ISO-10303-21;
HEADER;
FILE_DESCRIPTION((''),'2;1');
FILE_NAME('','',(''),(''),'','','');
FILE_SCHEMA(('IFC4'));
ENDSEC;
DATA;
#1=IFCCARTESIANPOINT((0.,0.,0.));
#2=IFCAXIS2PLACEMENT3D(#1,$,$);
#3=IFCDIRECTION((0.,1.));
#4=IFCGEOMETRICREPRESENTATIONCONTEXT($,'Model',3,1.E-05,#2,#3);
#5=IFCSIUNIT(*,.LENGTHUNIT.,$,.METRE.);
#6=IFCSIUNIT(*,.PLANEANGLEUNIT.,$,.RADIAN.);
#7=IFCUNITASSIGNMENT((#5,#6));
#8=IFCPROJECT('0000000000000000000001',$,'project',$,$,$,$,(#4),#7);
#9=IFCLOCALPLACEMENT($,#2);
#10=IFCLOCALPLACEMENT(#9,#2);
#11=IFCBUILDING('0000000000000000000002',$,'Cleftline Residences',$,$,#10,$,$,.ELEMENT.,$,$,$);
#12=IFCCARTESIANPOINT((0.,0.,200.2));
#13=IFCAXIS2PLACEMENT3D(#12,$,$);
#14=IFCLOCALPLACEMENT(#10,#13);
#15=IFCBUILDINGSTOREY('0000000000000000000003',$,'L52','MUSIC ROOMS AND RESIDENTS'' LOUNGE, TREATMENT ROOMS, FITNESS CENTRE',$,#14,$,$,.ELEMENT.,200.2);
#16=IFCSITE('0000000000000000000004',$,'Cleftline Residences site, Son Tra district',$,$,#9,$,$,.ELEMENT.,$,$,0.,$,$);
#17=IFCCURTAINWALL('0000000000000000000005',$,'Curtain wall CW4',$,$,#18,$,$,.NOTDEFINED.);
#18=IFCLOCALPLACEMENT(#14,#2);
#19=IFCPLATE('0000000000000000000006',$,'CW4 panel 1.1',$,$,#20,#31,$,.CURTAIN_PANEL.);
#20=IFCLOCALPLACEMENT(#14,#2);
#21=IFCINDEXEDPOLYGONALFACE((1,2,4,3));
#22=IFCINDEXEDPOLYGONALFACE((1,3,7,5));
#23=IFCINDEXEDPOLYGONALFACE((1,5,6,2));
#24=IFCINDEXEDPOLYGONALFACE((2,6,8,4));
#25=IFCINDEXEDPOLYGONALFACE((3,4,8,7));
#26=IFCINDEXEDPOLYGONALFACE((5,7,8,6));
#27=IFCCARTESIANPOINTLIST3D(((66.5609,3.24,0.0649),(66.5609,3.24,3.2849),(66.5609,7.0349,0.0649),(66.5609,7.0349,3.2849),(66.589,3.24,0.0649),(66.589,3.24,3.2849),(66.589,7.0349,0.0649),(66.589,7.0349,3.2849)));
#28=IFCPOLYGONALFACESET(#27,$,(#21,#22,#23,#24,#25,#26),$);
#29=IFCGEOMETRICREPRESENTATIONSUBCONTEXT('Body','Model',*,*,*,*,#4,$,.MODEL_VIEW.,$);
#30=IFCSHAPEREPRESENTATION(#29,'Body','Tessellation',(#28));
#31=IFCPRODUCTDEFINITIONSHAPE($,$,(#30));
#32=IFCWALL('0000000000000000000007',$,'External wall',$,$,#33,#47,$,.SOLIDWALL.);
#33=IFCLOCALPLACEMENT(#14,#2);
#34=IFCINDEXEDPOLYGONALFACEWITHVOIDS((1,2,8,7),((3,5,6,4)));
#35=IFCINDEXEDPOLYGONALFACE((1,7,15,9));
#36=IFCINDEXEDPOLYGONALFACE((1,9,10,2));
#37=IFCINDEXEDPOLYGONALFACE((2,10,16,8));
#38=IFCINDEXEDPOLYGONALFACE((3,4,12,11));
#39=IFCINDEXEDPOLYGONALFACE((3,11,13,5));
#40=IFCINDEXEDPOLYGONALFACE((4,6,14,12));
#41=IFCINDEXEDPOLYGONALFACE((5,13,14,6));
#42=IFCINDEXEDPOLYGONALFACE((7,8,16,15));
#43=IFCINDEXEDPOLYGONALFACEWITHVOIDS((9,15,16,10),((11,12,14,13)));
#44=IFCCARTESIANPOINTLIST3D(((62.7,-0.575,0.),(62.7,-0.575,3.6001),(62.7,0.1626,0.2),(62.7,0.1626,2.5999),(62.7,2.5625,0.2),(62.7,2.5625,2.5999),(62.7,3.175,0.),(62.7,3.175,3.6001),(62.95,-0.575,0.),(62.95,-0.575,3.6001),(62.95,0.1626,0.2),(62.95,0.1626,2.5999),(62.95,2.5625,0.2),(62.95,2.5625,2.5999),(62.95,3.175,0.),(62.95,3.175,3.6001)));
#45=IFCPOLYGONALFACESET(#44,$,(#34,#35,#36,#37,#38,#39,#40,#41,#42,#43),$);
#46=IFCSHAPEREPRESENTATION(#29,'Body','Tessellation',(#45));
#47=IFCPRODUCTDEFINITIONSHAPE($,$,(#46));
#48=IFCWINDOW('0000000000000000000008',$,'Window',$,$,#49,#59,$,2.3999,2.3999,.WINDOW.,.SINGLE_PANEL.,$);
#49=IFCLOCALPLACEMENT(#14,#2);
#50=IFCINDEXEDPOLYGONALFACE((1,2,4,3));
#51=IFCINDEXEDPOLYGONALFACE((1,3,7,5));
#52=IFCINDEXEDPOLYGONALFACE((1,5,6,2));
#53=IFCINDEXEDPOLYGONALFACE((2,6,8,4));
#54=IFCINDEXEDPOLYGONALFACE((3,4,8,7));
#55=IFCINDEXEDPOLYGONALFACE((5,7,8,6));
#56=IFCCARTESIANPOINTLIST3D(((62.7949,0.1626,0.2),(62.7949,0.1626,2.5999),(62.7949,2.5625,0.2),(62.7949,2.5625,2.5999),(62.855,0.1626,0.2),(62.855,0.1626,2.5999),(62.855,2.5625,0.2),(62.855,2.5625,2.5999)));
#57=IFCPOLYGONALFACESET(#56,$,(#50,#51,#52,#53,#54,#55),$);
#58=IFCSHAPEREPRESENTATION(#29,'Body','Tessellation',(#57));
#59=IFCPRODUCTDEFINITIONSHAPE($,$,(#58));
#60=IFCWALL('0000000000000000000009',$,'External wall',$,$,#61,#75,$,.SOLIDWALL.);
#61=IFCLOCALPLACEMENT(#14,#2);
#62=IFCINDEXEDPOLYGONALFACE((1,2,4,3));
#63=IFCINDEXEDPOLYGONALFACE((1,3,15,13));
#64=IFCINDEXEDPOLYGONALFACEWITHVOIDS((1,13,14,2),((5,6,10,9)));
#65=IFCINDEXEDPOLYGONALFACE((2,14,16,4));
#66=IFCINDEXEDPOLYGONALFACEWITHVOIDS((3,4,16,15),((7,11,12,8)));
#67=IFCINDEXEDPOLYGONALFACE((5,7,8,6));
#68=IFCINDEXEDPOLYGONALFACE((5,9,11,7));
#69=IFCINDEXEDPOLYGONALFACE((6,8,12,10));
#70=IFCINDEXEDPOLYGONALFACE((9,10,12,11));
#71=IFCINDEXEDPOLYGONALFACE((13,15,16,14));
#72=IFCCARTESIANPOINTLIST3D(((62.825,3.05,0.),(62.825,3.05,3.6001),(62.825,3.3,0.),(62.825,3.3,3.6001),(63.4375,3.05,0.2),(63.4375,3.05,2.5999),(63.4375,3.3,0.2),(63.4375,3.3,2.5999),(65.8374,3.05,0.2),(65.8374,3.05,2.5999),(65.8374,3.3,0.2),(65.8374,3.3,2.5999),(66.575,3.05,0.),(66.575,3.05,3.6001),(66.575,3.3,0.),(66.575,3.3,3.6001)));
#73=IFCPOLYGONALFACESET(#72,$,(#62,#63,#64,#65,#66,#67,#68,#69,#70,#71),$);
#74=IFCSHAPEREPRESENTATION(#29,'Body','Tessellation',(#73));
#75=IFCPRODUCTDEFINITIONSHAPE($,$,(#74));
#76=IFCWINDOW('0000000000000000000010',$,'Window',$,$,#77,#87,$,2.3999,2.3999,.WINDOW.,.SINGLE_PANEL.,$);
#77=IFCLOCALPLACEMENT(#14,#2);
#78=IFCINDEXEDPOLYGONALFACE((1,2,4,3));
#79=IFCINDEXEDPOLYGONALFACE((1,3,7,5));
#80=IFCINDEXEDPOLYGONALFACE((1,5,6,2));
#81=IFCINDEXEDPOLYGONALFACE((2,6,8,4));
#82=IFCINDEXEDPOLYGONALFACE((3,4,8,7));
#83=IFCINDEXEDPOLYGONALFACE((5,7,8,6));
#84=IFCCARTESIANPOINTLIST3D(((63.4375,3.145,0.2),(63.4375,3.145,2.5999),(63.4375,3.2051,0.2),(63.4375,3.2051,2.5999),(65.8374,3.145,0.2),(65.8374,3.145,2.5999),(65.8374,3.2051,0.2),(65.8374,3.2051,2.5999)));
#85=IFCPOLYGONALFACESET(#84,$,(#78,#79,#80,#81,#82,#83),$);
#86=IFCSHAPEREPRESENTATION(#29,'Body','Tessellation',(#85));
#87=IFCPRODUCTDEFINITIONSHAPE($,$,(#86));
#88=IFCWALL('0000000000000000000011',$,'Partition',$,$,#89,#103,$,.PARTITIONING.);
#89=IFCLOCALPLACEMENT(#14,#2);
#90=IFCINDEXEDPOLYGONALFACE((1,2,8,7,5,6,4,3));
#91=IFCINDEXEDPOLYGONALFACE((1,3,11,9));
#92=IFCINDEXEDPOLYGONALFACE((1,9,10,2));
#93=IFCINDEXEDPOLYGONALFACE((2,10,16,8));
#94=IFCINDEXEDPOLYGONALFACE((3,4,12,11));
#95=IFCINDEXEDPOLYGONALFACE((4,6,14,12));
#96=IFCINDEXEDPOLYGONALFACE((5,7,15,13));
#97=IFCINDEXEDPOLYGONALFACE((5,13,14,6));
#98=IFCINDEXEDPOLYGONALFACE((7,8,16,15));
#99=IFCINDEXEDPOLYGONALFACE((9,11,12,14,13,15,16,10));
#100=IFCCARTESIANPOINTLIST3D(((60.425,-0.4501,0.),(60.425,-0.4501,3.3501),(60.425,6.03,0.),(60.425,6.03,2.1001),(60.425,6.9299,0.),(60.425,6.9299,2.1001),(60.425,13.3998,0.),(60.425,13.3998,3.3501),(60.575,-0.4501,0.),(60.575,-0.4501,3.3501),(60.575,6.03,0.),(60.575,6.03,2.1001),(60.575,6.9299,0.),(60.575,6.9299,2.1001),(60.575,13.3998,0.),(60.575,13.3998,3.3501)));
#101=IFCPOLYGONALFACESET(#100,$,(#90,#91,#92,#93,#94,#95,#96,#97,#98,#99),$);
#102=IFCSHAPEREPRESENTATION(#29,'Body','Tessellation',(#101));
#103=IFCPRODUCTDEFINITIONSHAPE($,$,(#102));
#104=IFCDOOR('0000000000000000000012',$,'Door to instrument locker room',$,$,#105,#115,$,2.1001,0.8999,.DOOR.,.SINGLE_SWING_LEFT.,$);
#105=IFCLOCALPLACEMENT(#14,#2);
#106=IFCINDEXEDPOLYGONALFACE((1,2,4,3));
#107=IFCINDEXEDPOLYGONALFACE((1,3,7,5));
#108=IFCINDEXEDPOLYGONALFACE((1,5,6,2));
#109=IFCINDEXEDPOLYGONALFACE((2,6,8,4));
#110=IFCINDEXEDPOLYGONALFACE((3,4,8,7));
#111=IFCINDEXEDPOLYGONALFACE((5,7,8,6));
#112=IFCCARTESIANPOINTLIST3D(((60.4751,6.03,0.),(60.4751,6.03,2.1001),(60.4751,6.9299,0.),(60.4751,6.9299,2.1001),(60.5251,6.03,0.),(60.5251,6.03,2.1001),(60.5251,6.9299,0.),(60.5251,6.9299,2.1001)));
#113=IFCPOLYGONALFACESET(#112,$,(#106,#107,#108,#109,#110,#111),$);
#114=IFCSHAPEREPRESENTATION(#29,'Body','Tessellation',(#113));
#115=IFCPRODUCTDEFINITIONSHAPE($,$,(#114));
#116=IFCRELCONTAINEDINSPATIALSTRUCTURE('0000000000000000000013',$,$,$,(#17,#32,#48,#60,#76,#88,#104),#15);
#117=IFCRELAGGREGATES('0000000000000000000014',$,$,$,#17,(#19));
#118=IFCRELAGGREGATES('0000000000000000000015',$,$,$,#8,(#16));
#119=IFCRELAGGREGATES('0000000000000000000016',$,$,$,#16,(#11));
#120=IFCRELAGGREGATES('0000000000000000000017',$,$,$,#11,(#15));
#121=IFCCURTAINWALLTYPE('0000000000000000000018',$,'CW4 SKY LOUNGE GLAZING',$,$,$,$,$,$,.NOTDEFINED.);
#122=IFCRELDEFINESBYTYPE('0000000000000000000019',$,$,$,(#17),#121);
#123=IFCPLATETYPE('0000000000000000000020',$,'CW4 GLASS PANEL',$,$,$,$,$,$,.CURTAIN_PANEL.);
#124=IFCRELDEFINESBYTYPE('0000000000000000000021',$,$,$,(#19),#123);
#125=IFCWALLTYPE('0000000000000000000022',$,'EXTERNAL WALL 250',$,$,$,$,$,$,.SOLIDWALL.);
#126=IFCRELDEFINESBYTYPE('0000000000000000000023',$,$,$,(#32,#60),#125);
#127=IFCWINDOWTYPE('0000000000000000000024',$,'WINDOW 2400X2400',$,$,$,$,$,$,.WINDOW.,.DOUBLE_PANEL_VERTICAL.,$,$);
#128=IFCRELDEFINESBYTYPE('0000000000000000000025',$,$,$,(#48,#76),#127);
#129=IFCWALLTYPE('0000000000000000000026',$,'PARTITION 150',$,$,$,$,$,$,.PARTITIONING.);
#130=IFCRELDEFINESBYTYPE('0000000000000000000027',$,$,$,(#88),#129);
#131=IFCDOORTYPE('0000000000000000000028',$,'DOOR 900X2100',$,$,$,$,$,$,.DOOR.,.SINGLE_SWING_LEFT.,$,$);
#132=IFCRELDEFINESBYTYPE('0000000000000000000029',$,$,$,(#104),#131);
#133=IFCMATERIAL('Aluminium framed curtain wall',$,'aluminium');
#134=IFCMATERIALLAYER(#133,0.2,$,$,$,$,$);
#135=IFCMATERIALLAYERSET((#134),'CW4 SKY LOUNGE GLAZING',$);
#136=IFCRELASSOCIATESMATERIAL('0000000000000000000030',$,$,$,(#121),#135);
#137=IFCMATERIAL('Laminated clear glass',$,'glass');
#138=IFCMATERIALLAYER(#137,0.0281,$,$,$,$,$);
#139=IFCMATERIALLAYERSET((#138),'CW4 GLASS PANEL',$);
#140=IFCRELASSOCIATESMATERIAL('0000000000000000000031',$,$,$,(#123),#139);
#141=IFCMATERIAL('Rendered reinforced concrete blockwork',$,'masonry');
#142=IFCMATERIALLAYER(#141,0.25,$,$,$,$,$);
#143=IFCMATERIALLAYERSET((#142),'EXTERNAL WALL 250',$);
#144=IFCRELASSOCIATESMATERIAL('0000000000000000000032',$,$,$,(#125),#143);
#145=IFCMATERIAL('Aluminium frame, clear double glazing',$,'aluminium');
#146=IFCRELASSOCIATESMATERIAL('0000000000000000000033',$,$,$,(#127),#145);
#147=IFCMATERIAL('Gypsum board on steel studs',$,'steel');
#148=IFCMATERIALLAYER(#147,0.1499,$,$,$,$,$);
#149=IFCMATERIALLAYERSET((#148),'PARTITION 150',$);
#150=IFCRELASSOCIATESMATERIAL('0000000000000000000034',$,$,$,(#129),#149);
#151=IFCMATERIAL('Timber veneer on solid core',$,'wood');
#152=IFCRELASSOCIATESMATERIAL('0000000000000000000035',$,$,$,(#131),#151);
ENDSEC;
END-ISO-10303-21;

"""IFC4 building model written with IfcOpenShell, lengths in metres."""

from ifc_helpers import new_model, si_unit, direction, frame, frame_2d, origin, origin_2d, place, context, subcontext, project, spatial, rectangle, extrude, material, layer, layer_set, type_object, element, fill, aggregate, save


model = new_model("IFC4")

# Units and contexts
model_context = context("Model", 3, precision=1e-05, world=origin(), true_north=direction((0.0, 1.0)))
body_context = subcontext(model_context, "Body", "Model", "MODEL_VIEW")
ifc_project = project(units=[si_unit("LENGTHUNIT", "METRE"), si_unit("PLANEANGLEUNIT", "RADIAN")], contexts=[model_context])

# Site, building, storey
site_placement = place(None, origin())
site = spatial("IfcSite", under=ifc_project, at=site_placement, Name="Cleftline Residences site, Son Tra district", CompositionType="ELEMENT", RefElevation=0.0)
building_placement = place(site_placement, origin())
building = spatial("IfcBuilding", under=site, at=building_placement, Name="Cleftline Residences", CompositionType="ELEMENT")
storey_placement = place(building_placement, frame((0.0, 0.0, 200.2)))
storey = spatial("IfcBuildingStorey", under=building, at=storey_placement, Name="L52", Description="MUSIC ROOMS AND RESIDENTS' LOUNGE, TREATMENT ROOMS, FITNESS CENTRE", CompositionType="ELEMENT", Elevation=200.2)

# Curtain wall, plate
ifc_material_1 = material(Name="Aluminium framed curtain wall", Category="aluminium")
ifc_layer_1 = layer(ifc_material_1, 0.2)
ifc_layer_set_1 = layer_set([ifc_layer_1], Name="CW4 SKY LOUNGE GLAZING")
curtain_wall_type = type_object("IfcCurtainWallType", Name="CW4 SKY LOUNGE GLAZING", PredefinedType="NOTDEFINED", material=ifc_layer_set_1)
curtain_wall_placement = place(storey_placement, origin())
curtain_wall = element("IfcCurtainWall", 1, at=curtain_wall_placement, inside=storey, type_object=curtain_wall_type, Name="Curtain wall CW4", PredefinedType="NOTDEFINED")
ifc_material_2 = material(Name="Laminated clear glass", Category="glass")
ifc_layer_2 = layer(ifc_material_2, 0.0281)
ifc_layer_set_2 = layer_set([ifc_layer_2], Name="CW4 GLASS PANEL")
plate_type = type_object("IfcPlateType", Name="CW4 GLASS PANEL", PredefinedType="CURTAIN_PANEL", material=ifc_layer_set_2)
plate_placement = place(storey_placement, frame((66.575, 5.1375, 0.0649), z_axis=(0.0, 0.0, 1.0), x_axis=(0.0, 1.0, 0.0)))
plate = element("IfcPlate", 2, at=plate_placement, type_object=plate_type, Name="CW4 panel 1.1", PredefinedType="CURTAIN_PANEL", context=body_context, shape_type="SweptSolid", body=[
    extrude(rectangle(XDim=3.7949, YDim=0.0281, at=origin_2d()), origin(), (0.0, 0.0, 1.0), 3.22),
])
aggregate(curtain_wall, [plate])

# Walls, openings, windows
ifc_material_3 = material(Name="Rendered reinforced concrete blockwork", Category="masonry")
ifc_layer_3 = layer(ifc_material_3, 0.25)
ifc_layer_set_3 = layer_set([ifc_layer_3], Name="EXTERNAL WALL 250")
wall_type_1 = type_object("IfcWallType", Name="EXTERNAL WALL 250", PredefinedType="SOLIDWALL", material=ifc_layer_set_3)
wall_1_placement = place(storey_placement, frame((62.825, -0.575, 0.0), z_axis=(0.0, 0.0, 1.0), x_axis=(0.0, 1.0, 0.0)))
wall_1 = element("IfcWall", 3, at=wall_1_placement, inside=storey, type_object=wall_type_1, Name="External wall", PredefinedType="SOLIDWALL", context=body_context, shape_type="SweptSolid", body=[
    extrude(rectangle(XDim=3.75, YDim=0.25, at=frame_2d((1.875, 0.0))), origin(), (0.0, 0.0, 1.0), 3.6001),
])
opening_1_placement = place(wall_1_placement, frame((0.7375, 0.0, 0.2)))
opening_1 = element("IfcOpeningElement", 4, at=opening_1_placement, cuts=wall_1, PredefinedType="OPENING", context=body_context, shape_type="SweptSolid", body=[
    extrude(rectangle(XDim=2.3999, YDim=2.3999, at=frame_2d((1.2, 1.2))), frame((0.0, 0.135, 0.0), z_axis=(0.0, -1.0, 0.0), x_axis=(1.0, 0.0, 0.0)), (0.0, 0.0, 1.0), 0.27),
])
ifc_material_4 = material(Name="Aluminium frame, clear double glazing", Category="aluminium")
window_type = type_object("IfcWindowType", Name="WINDOW 2400X2400", PartitioningType="DOUBLE_PANEL_VERTICAL", PredefinedType="WINDOW", material=ifc_material_4)
window_1_placement = place(opening_1_placement, origin())
window_1 = element("IfcWindow", 5, at=window_1_placement, inside=storey, type_object=window_type, Name="Window", OverallHeight=2.3999, OverallWidth=2.3999, PartitioningType="SINGLE_PANEL", PredefinedType="WINDOW", context=body_context, shape_type="SweptSolid", body=[
    extrude(rectangle(XDim=2.3999, YDim=2.3999, at=frame_2d((1.2, 1.2))), frame((0.0, 0.03, 0.0), z_axis=(0.0, -1.0, 0.0), x_axis=(1.0, 0.0, 0.0)), (0.0, 0.0, 1.0), 0.0601),
])
fill(opening_1, window_1)
wall_2_placement = place(storey_placement, frame((62.825, 3.175, 0.0), z_axis=(0.0, 0.0, 1.0), x_axis=(1.0, 0.0, 0.0)))
wall_2 = element("IfcWall", 6, at=wall_2_placement, inside=storey, type_object=wall_type_1, Name="External wall", PredefinedType="SOLIDWALL", context=body_context, shape_type="SweptSolid", body=[
    extrude(rectangle(XDim=3.75, YDim=0.25, at=frame_2d((1.875, 0.0))), origin(), (0.0, 0.0, 1.0), 3.6001),
])
opening_2_placement = place(wall_2_placement, frame((0.6125, 0.0, 0.2)))
opening_2 = element("IfcOpeningElement", 7, at=opening_2_placement, cuts=wall_2, PredefinedType="OPENING", context=body_context, shape_type="SweptSolid", body=[
    extrude(rectangle(XDim=2.3999, YDim=2.3999, at=frame_2d((1.2, 1.2))), frame((0.0, 0.135, 0.0), z_axis=(0.0, -1.0, 0.0), x_axis=(1.0, 0.0, 0.0)), (0.0, 0.0, 1.0), 0.27),
])
window_2_placement = place(opening_2_placement, origin())
window_2 = element("IfcWindow", 8, at=window_2_placement, inside=storey, type_object=window_type, Name="Window", OverallHeight=2.3999, OverallWidth=2.3999, PartitioningType="SINGLE_PANEL", PredefinedType="WINDOW", context=body_context, shape_type="SweptSolid", body=[
    extrude(rectangle(XDim=2.3999, YDim=2.3999, at=frame_2d((1.2, 1.2))), frame((0.0, 0.03, 0.0), z_axis=(0.0, -1.0, 0.0), x_axis=(1.0, 0.0, 0.0)), (0.0, 0.0, 1.0), 0.0601),
])
fill(opening_2, window_2)

# Wall, opening, door
ifc_material_5 = material(Name="Gypsum board on steel studs", Category="steel")
ifc_layer_4 = layer(ifc_material_5, 0.1499)
ifc_layer_set_4 = layer_set([ifc_layer_4], Name="PARTITION 150")
wall_type_2 = type_object("IfcWallType", Name="PARTITION 150", PredefinedType="PARTITIONING", material=ifc_layer_set_4)
wall_3_placement = place(storey_placement, frame((60.5, -0.45, 0.0), z_axis=(0.0, 0.0, 1.0), x_axis=(0.0, 1.0, 0.0)))
wall_3 = element("IfcWall", 9, at=wall_3_placement, inside=storey, type_object=wall_type_2, Name="Partition", PredefinedType="PARTITIONING", context=body_context, shape_type="SweptSolid", body=[
    extrude(rectangle(XDim=13.8499, YDim=0.1499, at=frame_2d((6.9248, 0.0))), origin(), (0.0, 0.0, 1.0), 3.3501),
])
opening_3_placement = place(wall_3_placement, frame((6.48, 0.0, 0.0)))
opening_3 = element("IfcOpeningElement", 10, at=opening_3_placement, cuts=wall_3, PredefinedType="OPENING", context=body_context, shape_type="SweptSolid", body=[
    extrude(rectangle(XDim=0.8999, YDim=2.1001, at=frame_2d((0.45, 1.05))), frame((0.0, 0.085, 0.0), z_axis=(0.0, -1.0, 0.0), x_axis=(1.0, 0.0, 0.0)), (0.0, 0.0, 1.0), 0.1699),
])
ifc_material_6 = material(Name="Timber veneer on solid core", Category="wood")
door_type = type_object("IfcDoorType", Name="DOOR 900X2100", OperationType="SINGLE_SWING_LEFT", PredefinedType="DOOR", material=ifc_material_6)
door_placement = place(opening_3_placement, origin())
door = element("IfcDoor", 11, at=door_placement, inside=storey, type_object=door_type, Name="Door to instrument locker room", OperationType="SINGLE_SWING_LEFT", OverallHeight=2.1001, OverallWidth=0.8999, PredefinedType="DOOR", context=body_context, shape_type="SweptSolid", body=[
    extrude(rectangle(XDim=0.8999, YDim=2.1001, at=frame_2d((0.45, 1.05))), frame((0.0, 0.0249, 0.0), z_axis=(0.0, -1.0, 0.0), x_axis=(1.0, 0.0, 0.0)), (0.0, 0.0, 1.0), 0.05),
])
fill(opening_3, door)

save(model, "model.ifc")
